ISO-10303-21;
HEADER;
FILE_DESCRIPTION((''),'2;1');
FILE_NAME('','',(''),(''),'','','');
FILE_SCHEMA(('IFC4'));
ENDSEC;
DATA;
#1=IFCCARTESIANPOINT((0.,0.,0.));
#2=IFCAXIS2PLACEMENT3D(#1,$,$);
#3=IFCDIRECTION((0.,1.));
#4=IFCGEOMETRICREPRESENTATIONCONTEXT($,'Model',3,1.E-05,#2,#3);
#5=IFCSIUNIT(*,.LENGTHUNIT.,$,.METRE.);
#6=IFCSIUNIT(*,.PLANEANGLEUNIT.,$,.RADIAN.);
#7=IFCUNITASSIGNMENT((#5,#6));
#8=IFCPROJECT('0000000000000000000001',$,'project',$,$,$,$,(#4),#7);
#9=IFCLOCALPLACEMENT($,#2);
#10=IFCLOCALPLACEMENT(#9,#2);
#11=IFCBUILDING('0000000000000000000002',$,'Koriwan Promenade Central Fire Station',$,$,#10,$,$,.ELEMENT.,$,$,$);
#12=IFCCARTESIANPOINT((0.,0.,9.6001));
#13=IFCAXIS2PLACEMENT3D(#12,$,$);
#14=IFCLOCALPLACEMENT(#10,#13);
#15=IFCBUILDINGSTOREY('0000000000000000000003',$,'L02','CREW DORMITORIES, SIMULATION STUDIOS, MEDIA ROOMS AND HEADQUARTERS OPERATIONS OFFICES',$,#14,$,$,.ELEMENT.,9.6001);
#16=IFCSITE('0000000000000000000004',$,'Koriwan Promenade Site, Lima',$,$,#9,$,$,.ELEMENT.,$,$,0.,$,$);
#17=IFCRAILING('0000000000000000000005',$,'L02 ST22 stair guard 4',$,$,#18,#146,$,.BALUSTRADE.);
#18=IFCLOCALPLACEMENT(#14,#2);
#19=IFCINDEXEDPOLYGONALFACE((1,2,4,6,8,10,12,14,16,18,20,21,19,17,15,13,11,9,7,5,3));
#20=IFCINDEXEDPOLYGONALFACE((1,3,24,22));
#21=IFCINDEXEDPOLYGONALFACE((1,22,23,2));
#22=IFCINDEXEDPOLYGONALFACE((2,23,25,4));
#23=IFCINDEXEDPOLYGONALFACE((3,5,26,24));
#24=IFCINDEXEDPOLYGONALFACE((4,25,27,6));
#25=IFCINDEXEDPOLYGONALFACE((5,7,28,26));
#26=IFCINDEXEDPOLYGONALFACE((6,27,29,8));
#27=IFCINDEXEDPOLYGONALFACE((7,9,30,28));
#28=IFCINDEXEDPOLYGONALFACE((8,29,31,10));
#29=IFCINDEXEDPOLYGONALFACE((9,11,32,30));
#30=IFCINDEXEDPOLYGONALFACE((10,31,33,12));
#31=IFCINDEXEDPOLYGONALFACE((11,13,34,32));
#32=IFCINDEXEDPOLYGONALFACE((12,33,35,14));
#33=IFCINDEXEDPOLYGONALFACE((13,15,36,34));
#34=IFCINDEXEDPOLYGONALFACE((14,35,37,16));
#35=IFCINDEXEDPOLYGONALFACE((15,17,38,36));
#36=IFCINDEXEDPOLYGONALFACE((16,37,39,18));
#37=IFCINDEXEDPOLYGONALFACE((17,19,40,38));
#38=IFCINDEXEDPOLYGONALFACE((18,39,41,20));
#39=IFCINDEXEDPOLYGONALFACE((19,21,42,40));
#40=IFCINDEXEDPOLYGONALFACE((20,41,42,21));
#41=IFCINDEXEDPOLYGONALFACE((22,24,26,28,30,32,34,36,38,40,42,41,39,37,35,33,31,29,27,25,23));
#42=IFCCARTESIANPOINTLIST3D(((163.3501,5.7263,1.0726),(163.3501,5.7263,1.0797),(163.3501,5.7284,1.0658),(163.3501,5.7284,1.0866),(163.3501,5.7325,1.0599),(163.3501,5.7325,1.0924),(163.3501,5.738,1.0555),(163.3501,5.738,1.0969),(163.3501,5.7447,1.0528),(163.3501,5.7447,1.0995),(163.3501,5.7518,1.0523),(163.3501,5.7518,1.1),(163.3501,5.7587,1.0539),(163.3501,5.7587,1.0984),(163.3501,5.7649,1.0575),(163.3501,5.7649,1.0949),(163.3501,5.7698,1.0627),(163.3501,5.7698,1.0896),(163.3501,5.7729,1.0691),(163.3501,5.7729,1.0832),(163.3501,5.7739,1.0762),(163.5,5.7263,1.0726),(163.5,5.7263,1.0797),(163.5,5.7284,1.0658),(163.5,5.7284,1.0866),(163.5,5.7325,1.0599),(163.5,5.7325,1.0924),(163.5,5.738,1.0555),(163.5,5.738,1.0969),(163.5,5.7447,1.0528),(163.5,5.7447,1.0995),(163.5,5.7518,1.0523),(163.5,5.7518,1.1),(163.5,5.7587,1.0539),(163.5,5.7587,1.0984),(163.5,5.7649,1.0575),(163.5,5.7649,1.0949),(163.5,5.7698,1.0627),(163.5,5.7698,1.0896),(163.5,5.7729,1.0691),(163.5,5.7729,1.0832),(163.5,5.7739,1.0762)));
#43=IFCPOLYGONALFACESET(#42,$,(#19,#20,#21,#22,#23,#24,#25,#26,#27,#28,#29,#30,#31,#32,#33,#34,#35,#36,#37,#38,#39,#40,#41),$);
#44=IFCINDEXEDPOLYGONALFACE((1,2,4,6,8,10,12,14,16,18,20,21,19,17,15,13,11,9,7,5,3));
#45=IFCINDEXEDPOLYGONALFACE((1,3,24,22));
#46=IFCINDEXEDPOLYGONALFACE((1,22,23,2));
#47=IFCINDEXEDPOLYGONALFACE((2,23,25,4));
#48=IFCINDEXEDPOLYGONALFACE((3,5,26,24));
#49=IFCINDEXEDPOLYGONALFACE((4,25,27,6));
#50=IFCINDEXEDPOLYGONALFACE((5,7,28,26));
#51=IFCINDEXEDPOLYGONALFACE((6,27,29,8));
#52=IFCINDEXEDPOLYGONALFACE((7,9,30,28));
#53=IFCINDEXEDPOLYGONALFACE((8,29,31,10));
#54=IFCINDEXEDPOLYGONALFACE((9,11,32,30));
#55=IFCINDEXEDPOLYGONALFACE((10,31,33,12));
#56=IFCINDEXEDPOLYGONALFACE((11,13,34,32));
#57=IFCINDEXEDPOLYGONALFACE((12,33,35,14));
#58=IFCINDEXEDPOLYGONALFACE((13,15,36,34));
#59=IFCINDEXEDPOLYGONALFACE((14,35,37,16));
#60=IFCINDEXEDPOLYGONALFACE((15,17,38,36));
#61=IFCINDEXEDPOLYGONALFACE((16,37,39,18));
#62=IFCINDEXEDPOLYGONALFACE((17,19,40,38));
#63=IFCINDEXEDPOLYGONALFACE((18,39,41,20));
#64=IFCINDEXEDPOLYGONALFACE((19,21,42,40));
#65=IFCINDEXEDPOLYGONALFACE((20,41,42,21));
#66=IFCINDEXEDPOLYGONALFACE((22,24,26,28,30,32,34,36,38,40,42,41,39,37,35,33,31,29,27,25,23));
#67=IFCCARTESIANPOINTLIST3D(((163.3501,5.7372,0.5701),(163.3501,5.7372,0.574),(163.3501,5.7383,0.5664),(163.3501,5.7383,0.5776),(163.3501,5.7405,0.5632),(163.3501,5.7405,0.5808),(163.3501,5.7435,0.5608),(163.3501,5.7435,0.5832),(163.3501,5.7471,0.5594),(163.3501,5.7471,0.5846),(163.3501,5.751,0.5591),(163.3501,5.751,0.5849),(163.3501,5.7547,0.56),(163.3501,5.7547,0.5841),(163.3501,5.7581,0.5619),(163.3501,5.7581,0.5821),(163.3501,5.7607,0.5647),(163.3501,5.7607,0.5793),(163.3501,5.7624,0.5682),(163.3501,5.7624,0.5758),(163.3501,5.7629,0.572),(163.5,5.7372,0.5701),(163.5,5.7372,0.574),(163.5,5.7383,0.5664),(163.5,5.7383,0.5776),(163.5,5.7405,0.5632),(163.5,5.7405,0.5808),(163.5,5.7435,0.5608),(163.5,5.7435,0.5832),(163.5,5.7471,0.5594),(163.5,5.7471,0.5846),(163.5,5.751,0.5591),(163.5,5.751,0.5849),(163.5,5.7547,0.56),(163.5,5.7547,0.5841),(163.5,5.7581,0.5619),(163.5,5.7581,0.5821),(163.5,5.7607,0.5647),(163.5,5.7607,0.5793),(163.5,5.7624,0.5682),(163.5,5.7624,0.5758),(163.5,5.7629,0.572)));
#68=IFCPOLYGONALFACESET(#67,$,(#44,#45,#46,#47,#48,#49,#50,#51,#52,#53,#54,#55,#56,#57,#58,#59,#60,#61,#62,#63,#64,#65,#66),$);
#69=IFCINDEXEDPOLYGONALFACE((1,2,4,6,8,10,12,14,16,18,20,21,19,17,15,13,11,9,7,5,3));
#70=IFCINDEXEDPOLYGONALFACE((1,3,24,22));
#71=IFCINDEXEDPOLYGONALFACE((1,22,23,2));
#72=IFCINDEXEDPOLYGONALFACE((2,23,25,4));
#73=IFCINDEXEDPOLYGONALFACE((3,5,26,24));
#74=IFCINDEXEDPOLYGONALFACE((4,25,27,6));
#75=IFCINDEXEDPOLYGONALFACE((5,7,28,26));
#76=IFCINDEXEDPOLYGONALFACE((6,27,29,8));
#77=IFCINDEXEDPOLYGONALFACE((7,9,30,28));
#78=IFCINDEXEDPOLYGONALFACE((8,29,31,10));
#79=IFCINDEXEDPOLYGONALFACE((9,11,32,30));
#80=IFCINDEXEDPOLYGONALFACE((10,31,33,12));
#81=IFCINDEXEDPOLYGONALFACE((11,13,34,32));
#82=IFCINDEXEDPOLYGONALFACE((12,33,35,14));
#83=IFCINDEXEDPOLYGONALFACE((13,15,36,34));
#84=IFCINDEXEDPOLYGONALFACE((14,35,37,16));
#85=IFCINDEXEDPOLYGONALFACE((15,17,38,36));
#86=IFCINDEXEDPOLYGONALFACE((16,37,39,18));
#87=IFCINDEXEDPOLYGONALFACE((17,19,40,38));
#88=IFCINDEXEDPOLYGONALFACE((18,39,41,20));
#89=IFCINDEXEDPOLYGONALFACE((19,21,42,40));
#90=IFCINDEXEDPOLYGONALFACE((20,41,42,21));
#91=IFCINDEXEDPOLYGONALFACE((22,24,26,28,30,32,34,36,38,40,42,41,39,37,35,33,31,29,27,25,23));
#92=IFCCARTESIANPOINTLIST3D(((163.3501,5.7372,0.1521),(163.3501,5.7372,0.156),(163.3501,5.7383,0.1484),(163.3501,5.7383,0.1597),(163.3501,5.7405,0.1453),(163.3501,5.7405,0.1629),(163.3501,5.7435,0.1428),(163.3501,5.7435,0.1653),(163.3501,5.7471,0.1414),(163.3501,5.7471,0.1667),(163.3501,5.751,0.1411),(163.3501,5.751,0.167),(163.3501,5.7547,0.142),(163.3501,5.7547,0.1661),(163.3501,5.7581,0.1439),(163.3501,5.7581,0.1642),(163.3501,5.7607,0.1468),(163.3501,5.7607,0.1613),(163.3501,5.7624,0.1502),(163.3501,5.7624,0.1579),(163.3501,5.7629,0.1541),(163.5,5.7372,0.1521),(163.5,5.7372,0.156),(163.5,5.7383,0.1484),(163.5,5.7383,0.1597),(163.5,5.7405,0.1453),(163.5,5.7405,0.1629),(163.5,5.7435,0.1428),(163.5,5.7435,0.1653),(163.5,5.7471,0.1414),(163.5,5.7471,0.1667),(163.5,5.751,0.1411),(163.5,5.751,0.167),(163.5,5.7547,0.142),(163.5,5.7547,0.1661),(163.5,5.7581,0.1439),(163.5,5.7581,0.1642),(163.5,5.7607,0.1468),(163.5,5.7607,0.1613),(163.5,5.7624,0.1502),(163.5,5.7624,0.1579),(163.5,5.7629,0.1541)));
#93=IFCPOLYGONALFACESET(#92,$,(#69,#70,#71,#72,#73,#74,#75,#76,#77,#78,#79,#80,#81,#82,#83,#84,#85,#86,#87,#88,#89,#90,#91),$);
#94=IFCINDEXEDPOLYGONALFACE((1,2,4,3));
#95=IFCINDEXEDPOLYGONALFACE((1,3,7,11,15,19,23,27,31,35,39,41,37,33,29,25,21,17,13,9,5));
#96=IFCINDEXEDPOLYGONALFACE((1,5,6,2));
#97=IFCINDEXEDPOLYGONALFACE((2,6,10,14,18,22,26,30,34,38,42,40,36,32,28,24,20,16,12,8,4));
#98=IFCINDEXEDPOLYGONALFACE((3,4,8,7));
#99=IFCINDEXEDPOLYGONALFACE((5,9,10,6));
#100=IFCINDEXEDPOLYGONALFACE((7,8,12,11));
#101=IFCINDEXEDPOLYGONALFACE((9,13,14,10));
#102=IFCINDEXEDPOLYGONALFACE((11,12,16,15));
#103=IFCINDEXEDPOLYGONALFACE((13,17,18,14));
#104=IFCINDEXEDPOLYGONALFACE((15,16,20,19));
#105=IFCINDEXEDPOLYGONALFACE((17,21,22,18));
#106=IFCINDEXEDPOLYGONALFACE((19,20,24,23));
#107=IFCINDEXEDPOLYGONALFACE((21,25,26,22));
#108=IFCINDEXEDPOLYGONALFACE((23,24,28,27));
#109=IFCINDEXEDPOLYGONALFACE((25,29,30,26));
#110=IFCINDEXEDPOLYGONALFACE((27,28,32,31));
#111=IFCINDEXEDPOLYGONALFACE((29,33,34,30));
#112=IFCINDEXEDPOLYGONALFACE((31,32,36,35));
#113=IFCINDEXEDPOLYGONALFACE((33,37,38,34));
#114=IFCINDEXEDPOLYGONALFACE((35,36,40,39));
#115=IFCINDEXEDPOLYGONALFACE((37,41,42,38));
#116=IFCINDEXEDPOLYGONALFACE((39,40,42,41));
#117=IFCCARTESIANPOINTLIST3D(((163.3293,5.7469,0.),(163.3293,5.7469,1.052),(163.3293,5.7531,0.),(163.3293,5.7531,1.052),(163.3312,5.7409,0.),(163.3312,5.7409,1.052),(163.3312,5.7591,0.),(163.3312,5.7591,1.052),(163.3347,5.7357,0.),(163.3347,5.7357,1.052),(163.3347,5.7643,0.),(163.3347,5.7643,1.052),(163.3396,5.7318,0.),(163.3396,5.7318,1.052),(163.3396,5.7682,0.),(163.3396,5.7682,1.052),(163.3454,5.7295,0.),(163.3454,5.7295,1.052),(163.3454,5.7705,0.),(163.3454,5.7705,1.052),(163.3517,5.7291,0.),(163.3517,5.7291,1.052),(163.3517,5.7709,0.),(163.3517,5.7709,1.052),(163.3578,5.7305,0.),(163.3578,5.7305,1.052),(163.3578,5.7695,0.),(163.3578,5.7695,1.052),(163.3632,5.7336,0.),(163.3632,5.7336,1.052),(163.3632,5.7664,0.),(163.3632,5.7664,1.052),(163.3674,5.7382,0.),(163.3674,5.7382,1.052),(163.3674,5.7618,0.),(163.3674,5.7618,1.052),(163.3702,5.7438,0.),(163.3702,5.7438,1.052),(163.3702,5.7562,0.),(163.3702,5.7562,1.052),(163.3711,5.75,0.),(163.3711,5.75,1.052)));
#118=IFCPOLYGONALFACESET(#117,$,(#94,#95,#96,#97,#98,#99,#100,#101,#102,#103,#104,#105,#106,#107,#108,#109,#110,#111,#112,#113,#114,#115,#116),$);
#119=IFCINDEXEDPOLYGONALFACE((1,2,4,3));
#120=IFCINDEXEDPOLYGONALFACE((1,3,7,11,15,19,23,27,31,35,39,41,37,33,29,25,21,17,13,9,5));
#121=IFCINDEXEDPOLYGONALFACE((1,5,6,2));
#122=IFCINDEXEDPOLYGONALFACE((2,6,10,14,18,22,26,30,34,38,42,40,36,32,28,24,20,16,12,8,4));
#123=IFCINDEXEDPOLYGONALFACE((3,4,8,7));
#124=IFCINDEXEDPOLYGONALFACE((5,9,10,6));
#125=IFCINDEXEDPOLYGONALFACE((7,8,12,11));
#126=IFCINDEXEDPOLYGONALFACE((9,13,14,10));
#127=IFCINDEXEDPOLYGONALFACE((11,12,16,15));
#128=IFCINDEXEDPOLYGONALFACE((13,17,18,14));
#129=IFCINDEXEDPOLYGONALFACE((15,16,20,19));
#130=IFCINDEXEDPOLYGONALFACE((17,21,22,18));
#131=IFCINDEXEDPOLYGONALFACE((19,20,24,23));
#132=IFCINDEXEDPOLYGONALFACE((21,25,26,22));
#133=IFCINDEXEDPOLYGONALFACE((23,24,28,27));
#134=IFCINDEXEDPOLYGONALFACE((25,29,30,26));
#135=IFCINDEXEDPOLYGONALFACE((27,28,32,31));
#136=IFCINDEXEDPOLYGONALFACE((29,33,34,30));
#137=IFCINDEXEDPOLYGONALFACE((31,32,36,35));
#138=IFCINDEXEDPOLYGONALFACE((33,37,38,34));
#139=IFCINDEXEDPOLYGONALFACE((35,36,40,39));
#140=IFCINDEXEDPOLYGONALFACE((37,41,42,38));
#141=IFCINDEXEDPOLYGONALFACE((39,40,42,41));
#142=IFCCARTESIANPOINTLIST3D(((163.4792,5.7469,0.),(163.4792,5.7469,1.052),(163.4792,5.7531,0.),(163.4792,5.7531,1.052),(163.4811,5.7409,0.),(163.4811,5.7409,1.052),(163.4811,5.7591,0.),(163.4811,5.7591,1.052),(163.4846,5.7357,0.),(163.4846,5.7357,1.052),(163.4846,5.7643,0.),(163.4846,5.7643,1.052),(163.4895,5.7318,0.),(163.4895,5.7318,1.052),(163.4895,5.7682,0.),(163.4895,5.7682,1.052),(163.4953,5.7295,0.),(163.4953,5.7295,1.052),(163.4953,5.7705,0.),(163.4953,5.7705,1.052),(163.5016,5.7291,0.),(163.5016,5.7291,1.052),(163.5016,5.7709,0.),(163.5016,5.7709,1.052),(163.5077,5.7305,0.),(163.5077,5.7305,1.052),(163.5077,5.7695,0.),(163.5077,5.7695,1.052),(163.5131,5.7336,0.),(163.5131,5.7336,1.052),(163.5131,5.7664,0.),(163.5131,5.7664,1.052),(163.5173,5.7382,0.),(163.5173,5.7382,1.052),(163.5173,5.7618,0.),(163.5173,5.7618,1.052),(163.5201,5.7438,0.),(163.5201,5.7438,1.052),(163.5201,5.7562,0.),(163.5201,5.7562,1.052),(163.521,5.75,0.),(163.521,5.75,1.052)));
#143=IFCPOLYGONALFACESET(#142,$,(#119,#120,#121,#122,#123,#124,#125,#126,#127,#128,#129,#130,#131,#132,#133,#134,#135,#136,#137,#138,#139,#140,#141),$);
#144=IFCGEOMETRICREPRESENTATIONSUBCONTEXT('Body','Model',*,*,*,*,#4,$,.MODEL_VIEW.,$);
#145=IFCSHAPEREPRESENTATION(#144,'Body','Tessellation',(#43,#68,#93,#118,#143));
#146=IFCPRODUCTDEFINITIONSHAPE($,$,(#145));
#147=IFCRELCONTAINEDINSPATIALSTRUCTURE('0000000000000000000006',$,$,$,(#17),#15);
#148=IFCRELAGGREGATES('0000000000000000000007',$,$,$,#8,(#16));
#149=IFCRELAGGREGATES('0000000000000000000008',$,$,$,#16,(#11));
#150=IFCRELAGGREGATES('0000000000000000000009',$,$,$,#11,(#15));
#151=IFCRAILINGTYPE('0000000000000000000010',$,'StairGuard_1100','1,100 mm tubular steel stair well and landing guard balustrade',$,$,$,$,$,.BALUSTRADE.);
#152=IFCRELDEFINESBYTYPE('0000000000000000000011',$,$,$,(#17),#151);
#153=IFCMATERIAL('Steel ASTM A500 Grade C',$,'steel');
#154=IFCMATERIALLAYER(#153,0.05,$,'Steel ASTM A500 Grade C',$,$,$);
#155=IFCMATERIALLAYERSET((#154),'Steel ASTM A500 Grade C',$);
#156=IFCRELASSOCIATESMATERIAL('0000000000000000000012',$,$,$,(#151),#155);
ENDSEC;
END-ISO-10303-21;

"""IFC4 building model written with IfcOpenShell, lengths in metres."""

from ifc_helpers import new_model, si_unit, direction, frame, origin, origin_2d, place, context, subcontext, project, spatial, circle, extrude, material, layer, layer_set, type_object, element, save


model = new_model("IFC4")

# Units and contexts
model_context = context("Model", 3, precision=1e-05, world=origin(), true_north=direction((0.0, 1.0)))
body_context = subcontext(model_context, "Body", "Model", "MODEL_VIEW")
ifc_project = project(units=[si_unit("LENGTHUNIT", "METRE"), si_unit("PLANEANGLEUNIT", "RADIAN")], contexts=[model_context])

# Site, building, storey
site_placement = place(None, origin())
site = spatial("IfcSite", under=ifc_project, at=site_placement, Name="Koriwan Promenade Site, Lima", CompositionType="ELEMENT", RefElevation=0.0)
building_placement = place(site_placement, origin())
building = spatial("IfcBuilding", under=site, at=building_placement, Name="Koriwan Promenade Central Fire Station", CompositionType="ELEMENT")
storey_placement = place(building_placement, frame((0.0, 0.0, 9.6001)))
storey = spatial("IfcBuildingStorey", under=building, at=storey_placement, Name="L02", Description="CREW DORMITORIES, SIMULATION STUDIOS, MEDIA ROOMS AND HEADQUARTERS OPERATIONS OFFICES", CompositionType="ELEMENT", Elevation=9.6001)

# Railing
ifc_material_1 = material(Name="Steel ASTM A500 Grade C", Category="steel")
ifc_layer_1 = layer(ifc_material_1, 0.05, Name="Steel ASTM A500 Grade C")
ifc_layer_set_1 = layer_set([ifc_layer_1], Name="Steel ASTM A500 Grade C")
railing_type_1 = type_object("IfcRailingType", Name="StairGuard_1100", Description="1,100 mm tubular steel stair well and landing guard balustrade", PredefinedType="BALUSTRADE", material=ifc_layer_set_1)
railing_1_placement = place(storey_placement, frame((163.3501, 5.75, 0.0)))
element("IfcRailing", 1, at=railing_1_placement, inside=storey, type_object=railing_type_1, Name="L02 ST22 stair guard 4", PredefinedType="BALUSTRADE", context=body_context, shape_type="SweptSolid", body=[
    extrude(circle(Radius=0.0239, at=origin_2d()), frame((0.0, 0.0, 1.0762), z_axis=(1.0, 0.0, 0.0), x_axis=(0.0, 1.0, 0.0)), (0.0, 0.0, 1.0), 0.1499),
    extrude(circle(Radius=0.0129, at=origin_2d()), frame((0.0, 0.0, 0.572), z_axis=(1.0, 0.0, 0.0), x_axis=(0.0, 1.0, 0.0)), (0.0, 0.0, 1.0), 0.1499),
    extrude(circle(Radius=0.0129, at=origin_2d()), frame((0.0, 0.0, 0.1541), z_axis=(1.0, 0.0, 0.0), x_axis=(0.0, 1.0, 0.0)), (0.0, 0.0, 1.0), 0.1499),
    extrude(circle(Radius=0.021, at=origin_2d()), origin(), (0.0, 0.0, 1.0), 1.052),
    extrude(circle(Radius=0.021, at=origin_2d()), frame((0.1499, 0.0, 0.0)), (0.0, 0.0, 1.0), 1.052),
])

save(model, "model.ifc")
